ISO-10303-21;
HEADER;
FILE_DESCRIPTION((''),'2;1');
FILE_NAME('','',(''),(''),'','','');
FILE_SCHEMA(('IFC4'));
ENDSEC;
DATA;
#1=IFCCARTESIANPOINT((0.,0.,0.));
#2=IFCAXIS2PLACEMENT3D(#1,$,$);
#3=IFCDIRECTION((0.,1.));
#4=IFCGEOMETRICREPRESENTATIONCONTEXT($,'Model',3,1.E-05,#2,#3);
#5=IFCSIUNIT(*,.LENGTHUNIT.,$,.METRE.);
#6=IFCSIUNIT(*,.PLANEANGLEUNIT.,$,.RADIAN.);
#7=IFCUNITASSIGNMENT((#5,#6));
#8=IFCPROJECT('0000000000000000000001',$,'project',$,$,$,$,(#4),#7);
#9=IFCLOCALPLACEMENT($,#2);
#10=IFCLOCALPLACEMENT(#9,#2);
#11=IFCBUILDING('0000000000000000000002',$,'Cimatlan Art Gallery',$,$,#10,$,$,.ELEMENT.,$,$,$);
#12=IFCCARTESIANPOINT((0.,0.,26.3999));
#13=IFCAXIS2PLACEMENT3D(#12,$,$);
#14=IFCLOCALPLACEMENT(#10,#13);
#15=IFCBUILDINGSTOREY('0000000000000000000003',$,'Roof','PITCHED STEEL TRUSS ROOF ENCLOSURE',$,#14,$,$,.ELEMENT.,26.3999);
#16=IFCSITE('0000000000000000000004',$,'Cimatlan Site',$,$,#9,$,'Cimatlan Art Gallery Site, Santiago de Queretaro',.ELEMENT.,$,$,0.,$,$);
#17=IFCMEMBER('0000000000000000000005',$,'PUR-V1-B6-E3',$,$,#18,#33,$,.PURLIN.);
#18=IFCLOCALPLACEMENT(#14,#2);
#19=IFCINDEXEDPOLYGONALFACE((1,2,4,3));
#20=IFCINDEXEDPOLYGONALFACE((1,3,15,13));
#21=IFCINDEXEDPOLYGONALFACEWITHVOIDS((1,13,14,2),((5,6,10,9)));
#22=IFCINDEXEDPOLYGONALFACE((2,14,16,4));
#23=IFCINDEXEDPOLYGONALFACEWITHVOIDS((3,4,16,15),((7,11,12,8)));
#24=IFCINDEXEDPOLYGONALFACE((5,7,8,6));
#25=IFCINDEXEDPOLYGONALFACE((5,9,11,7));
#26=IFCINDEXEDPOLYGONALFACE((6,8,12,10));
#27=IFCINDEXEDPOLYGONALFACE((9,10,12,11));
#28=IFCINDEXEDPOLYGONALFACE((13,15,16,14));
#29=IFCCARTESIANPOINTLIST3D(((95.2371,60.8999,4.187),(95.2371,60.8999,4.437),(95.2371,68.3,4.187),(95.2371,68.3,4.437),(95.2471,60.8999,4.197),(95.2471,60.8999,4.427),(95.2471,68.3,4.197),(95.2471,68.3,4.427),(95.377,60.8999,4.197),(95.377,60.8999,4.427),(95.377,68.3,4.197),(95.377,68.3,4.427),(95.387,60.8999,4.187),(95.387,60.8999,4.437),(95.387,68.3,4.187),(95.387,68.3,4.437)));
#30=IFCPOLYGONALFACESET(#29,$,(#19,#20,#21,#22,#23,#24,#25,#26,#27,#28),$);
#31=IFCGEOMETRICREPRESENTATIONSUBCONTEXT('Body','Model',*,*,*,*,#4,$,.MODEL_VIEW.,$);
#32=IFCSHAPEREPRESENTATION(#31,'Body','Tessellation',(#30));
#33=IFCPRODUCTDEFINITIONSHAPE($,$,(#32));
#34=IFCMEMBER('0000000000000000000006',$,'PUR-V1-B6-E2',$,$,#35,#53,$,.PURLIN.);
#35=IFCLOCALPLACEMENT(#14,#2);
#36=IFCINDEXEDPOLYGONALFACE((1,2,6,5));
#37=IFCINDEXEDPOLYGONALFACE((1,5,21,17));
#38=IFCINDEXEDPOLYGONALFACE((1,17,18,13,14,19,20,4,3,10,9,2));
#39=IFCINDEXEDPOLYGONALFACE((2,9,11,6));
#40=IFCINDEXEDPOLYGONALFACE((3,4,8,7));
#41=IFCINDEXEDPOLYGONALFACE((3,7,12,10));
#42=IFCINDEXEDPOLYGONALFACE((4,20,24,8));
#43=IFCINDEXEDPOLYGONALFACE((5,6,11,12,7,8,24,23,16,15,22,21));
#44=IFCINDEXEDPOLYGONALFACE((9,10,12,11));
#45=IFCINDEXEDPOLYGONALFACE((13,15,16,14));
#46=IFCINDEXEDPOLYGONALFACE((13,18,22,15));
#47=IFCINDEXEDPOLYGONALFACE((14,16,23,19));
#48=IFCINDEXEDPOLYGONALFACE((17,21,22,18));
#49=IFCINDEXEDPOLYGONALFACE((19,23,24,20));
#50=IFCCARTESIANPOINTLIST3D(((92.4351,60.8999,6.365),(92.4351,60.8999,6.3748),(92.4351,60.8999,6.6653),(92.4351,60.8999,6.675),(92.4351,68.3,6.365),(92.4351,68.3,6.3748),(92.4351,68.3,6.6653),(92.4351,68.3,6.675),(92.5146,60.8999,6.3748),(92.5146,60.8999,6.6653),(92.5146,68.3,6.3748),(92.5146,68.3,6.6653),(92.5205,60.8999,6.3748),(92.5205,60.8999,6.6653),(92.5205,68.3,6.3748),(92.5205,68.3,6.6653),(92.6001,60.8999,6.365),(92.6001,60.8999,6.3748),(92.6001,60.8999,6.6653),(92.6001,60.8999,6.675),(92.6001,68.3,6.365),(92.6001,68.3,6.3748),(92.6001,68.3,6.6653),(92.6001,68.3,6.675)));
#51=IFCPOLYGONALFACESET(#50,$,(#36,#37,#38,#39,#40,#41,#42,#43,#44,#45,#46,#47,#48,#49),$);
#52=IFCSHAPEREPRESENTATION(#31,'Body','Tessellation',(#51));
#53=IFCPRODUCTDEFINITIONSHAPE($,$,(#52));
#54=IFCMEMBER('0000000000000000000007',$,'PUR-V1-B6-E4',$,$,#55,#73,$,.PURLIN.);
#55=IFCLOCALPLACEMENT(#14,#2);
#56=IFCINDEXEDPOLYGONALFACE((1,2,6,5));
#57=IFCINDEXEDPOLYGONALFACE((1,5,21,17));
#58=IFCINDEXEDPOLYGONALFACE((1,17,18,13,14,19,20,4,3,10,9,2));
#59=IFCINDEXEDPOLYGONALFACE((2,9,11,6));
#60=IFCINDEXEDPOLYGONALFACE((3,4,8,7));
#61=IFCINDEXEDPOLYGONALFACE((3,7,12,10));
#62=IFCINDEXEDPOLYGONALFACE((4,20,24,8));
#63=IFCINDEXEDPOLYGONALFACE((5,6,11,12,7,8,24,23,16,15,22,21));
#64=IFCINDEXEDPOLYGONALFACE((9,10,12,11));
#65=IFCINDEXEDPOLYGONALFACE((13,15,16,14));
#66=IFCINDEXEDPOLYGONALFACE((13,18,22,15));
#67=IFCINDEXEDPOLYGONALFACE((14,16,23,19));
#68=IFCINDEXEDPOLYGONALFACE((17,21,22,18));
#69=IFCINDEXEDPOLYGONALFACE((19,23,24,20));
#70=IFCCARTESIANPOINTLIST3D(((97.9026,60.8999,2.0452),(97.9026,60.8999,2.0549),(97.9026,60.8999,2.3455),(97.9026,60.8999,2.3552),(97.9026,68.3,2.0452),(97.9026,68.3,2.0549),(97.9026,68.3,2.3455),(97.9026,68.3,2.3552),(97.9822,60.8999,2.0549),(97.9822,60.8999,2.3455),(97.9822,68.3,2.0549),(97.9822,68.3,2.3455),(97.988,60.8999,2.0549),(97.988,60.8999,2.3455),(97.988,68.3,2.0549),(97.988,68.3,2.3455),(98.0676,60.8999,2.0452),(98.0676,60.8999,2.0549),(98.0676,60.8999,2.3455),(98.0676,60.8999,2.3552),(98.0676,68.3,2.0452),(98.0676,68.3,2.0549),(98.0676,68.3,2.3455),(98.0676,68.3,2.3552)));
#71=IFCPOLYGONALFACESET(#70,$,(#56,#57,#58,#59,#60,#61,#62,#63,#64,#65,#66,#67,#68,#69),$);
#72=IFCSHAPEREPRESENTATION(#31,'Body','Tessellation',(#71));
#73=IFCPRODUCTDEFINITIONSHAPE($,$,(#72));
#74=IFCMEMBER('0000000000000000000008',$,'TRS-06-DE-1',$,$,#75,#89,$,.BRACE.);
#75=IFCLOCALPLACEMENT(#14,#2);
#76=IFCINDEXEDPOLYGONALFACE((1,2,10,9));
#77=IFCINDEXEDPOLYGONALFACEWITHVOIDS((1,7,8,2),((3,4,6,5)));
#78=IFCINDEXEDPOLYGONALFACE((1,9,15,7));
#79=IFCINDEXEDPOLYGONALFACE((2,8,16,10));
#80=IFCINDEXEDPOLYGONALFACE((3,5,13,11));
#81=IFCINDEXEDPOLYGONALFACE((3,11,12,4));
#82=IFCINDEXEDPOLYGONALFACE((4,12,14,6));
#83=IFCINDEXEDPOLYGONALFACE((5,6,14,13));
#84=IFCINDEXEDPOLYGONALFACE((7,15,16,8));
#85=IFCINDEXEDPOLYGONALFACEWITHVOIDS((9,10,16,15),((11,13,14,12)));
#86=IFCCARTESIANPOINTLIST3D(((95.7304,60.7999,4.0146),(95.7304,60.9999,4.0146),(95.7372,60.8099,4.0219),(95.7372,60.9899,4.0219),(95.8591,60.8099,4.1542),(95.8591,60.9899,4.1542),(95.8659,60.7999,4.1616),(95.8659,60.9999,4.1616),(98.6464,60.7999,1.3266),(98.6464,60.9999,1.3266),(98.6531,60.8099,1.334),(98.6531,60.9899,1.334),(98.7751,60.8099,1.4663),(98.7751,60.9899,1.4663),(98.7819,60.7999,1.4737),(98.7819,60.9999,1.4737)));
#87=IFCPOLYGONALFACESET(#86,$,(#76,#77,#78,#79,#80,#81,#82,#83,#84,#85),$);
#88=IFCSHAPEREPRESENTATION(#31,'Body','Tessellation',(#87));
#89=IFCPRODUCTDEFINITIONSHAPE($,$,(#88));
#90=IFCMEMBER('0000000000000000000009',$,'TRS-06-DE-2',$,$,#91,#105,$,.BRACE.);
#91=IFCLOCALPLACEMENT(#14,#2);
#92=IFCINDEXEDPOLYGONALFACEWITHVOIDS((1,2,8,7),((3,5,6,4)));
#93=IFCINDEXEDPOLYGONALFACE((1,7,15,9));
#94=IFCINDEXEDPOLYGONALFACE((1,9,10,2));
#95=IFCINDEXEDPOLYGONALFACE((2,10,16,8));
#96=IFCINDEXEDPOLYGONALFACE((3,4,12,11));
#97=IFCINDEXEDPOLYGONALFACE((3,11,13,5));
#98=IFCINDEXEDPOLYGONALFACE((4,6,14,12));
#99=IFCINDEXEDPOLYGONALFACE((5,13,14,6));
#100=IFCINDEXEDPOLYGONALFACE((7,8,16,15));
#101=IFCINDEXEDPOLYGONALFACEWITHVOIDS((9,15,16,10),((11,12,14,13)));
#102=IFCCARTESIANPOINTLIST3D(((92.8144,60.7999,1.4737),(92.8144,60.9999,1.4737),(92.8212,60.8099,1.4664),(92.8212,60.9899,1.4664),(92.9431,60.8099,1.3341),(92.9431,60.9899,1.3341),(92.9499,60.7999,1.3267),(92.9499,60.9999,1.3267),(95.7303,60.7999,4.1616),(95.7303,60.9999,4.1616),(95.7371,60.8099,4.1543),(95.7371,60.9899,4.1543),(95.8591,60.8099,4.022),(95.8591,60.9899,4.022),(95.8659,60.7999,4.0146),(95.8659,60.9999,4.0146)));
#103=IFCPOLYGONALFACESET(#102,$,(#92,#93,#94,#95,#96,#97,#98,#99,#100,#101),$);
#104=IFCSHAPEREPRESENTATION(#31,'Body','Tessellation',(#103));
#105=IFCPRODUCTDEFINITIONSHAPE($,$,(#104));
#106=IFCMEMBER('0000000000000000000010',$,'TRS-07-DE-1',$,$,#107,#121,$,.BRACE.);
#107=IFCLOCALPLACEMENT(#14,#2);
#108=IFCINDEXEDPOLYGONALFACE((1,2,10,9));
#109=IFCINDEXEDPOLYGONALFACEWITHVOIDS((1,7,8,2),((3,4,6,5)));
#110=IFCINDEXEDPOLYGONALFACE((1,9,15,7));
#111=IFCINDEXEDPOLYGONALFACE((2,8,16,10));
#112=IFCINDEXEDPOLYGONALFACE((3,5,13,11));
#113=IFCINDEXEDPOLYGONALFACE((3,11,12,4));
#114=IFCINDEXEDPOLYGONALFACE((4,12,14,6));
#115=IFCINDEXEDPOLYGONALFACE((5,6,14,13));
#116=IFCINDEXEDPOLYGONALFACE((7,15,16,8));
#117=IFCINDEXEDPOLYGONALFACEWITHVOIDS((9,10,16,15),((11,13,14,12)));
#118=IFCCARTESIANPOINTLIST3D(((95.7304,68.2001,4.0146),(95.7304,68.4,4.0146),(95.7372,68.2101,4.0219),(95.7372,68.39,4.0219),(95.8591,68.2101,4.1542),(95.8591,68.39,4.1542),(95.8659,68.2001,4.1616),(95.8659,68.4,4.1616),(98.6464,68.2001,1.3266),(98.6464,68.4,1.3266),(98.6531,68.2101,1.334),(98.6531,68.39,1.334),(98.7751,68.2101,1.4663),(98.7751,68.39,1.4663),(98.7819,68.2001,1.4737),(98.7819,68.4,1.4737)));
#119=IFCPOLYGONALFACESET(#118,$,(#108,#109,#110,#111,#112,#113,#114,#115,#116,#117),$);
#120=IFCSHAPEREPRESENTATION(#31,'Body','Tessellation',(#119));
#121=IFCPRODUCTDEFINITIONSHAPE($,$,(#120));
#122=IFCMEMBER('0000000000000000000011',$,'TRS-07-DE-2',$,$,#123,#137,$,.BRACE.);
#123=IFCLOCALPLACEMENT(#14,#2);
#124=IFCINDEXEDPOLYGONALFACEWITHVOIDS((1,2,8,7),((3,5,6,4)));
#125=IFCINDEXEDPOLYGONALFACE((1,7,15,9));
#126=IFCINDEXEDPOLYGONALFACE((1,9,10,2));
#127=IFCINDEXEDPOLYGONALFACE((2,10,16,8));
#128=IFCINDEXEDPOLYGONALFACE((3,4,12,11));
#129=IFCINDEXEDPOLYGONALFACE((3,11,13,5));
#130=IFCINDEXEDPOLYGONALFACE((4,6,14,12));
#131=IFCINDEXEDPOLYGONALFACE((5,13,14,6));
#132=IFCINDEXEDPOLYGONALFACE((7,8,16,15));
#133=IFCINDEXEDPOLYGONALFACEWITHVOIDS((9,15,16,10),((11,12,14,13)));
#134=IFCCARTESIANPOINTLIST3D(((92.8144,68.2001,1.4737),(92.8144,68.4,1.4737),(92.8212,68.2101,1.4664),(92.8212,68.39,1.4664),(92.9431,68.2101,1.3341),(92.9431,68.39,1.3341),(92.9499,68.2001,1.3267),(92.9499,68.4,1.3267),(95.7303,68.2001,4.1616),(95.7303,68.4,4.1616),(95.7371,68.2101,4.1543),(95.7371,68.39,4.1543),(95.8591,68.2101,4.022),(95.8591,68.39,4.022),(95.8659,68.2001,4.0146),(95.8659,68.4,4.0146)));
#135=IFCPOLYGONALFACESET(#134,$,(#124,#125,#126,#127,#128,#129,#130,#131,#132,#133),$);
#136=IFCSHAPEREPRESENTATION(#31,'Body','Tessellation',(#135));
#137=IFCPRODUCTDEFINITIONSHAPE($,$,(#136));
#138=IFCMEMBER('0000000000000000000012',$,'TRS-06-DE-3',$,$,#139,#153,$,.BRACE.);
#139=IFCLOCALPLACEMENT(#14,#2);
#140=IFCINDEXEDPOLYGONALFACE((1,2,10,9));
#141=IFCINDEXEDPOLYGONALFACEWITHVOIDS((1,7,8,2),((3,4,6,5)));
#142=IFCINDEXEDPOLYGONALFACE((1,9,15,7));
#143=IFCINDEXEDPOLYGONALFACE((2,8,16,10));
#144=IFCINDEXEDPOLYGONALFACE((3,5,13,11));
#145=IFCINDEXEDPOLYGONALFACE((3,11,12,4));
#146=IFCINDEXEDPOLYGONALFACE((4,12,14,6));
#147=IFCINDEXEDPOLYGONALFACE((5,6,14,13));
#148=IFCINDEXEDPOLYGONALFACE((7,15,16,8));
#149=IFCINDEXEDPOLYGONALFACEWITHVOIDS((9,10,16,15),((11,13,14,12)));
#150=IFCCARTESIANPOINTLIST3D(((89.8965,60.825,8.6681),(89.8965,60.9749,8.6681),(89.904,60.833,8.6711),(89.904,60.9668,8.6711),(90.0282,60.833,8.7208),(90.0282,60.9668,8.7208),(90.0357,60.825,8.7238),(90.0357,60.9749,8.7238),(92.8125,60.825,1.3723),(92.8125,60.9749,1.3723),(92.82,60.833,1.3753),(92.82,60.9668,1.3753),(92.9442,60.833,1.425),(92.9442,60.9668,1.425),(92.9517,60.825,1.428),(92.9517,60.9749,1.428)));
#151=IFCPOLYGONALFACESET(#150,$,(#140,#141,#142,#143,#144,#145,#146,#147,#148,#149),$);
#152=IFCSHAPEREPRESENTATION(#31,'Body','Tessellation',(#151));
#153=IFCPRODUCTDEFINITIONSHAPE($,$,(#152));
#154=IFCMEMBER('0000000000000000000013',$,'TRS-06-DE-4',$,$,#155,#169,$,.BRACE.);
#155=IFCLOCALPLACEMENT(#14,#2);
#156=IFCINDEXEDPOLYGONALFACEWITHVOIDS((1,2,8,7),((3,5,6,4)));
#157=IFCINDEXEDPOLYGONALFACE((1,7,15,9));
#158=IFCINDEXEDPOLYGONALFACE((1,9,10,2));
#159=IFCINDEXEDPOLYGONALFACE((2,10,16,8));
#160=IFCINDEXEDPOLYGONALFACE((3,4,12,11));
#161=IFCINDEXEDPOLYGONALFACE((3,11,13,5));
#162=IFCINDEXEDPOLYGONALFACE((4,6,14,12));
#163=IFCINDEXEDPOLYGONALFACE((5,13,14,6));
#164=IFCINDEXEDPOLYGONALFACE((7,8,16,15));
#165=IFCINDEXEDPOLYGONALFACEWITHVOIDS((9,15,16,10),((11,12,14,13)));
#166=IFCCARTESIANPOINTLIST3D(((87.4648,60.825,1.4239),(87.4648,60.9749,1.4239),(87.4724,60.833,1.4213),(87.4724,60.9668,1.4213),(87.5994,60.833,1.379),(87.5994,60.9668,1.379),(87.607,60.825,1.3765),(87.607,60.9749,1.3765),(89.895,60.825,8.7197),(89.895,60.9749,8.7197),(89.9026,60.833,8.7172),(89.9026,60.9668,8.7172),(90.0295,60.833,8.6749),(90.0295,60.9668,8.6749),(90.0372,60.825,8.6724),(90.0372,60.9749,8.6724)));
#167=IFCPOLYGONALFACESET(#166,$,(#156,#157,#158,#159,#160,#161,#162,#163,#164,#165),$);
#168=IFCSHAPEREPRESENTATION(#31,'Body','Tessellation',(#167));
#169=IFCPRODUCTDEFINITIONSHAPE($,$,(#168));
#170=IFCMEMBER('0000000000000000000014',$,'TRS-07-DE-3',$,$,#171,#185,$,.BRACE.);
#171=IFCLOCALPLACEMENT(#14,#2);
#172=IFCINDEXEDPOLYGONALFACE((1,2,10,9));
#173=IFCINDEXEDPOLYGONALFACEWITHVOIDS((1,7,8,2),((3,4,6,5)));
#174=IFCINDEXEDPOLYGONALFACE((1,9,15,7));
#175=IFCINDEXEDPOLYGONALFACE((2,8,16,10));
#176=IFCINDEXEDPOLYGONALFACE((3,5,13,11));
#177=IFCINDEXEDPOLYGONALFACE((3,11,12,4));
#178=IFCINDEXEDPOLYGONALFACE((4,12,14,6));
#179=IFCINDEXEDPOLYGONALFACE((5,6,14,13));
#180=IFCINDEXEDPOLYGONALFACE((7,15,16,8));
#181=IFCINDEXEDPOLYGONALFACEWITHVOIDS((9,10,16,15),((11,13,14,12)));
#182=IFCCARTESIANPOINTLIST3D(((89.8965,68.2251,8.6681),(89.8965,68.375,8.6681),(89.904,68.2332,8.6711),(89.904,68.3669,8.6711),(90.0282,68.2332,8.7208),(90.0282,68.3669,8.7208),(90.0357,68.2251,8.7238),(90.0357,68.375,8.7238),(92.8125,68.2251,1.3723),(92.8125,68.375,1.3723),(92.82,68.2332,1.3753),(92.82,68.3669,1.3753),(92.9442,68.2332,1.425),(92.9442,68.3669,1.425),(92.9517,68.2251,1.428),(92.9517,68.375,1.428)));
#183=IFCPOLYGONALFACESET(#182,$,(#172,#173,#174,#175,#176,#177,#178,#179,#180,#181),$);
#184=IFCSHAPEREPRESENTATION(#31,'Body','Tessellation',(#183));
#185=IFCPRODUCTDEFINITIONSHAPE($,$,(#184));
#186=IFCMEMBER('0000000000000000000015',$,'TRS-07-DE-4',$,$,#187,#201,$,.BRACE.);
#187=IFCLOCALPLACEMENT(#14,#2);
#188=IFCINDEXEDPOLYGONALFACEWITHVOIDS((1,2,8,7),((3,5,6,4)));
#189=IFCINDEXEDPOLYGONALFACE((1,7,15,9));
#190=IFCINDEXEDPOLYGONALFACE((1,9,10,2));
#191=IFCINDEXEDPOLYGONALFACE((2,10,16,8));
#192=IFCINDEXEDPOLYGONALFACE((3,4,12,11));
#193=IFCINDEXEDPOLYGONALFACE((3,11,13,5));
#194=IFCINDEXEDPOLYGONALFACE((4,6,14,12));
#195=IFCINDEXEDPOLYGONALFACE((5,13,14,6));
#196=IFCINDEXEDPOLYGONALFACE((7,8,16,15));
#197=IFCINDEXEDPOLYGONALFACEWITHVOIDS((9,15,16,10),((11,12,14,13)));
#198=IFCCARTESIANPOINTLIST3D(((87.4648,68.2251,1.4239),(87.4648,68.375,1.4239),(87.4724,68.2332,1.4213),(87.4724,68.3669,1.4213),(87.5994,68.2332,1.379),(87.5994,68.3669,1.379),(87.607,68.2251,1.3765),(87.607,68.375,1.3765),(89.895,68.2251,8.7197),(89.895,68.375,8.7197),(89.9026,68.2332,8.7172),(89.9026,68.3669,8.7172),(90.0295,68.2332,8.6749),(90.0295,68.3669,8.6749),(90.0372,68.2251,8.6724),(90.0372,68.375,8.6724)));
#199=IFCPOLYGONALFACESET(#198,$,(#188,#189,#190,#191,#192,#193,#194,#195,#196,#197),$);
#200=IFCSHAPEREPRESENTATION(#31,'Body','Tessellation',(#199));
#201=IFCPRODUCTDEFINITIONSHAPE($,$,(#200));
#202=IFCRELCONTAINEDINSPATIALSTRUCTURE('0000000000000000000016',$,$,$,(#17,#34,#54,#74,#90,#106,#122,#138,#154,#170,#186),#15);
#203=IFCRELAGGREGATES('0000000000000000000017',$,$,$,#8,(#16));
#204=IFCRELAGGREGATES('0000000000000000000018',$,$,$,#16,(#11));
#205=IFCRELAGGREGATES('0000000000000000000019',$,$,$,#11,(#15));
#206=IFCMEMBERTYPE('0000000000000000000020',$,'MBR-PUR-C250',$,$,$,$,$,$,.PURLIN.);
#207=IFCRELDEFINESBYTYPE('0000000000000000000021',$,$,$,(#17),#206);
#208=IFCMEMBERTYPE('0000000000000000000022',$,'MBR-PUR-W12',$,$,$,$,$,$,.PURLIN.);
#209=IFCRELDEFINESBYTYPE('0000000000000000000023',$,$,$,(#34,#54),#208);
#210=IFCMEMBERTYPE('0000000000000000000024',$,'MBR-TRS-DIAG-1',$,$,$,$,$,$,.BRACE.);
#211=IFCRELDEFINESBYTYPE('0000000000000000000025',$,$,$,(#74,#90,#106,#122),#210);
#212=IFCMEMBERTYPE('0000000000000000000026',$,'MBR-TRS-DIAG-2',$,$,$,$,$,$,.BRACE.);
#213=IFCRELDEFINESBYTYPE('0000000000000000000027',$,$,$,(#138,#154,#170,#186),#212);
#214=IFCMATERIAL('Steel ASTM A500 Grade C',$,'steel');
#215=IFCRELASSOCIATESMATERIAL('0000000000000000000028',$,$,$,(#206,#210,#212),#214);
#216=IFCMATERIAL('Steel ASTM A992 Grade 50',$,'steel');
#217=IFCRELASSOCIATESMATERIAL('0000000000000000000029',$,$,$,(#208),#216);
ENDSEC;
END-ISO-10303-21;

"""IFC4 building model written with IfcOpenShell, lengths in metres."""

from ifc_helpers import new_model, si_unit, direction, frame, origin, origin_2d, place, context, subcontext, project, spatial, hollow_rectangle, i_section, extrude, material, material_profile, profile_set, type_object, element, save


model = new_model("IFC4")

# Units and contexts
model_context = context("Model", 3, precision=1e-05, world=origin(), true_north=direction((0.0, 1.0)))
body_context = subcontext(model_context, "Body", "Model", "MODEL_VIEW")
ifc_project = project(units=[si_unit("LENGTHUNIT", "METRE"), si_unit("PLANEANGLEUNIT", "RADIAN")], contexts=[model_context])

# Site, building, storey
site_placement = place(None, origin())
site = spatial("IfcSite", under=ifc_project, at=site_placement, Name="Cimatlan Site", LongName="Cimatlan Art Gallery Site, Santiago de Queretaro", CompositionType="ELEMENT", RefElevation=0.0)
building_placement = place(site_placement, origin())
building = spatial("IfcBuilding", under=site, at=building_placement, Name="Cimatlan Art Gallery", CompositionType="ELEMENT")
storey_placement = place(building_placement, frame((0.0, 0.0, 26.3999)))
storey = spatial("IfcBuildingStorey", under=building, at=storey_placement, Name="Roof", Description="PITCHED STEEL TRUSS ROOF ENCLOSURE", CompositionType="ELEMENT", Elevation=26.3999)

# Shared definitions
ifc_material_1 = material(Name="Steel ASTM A992 Grade 50", Category="steel")

# Members
ifc_material_2 = material(Name="Steel ASTM A500 Grade C", Category="steel")
ifc_material_profile_1 = material_profile(ifc_material_2, hollow_rectangle(XDim=0.1499, YDim=0.25, WallThickness=0.01, at=origin_2d()), Name="HSS250X150X10")
ifc_profile_set_1 = profile_set([ifc_material_profile_1], Name="Steel ASTM A500 Grade C")
member_type_1 = type_object("IfcMemberType", Name="MBR-PUR-C250", PredefinedType="PURLIN", material=ifc_profile_set_1)
member_1_placement = place(storey_placement, frame((95.312, 60.8999, 4.312), z_axis=(0.0, 1.0, 0.0), x_axis=(-1.0, 0.0, 0.0)))
element("IfcMember", 1, at=member_1_placement, inside=storey, type_object=member_type_1, Name="PUR-V1-B6-E3", PredefinedType="PURLIN", context=body_context, shape_type="SweptSolid", body=[
    extrude(hollow_rectangle(XDim=0.1499, YDim=0.25, WallThickness=0.01, at=origin_2d()), origin(), (0.0, 0.0, 1.0), 7.4001),
])
ifc_material_profile_2 = material_profile(ifc_material_1, i_section(OverallWidth=0.165, OverallDepth=0.3101, WebThickness=0.0059, FlangeThickness=0.0098, at=origin_2d()), Name="W12X26")
ifc_profile_set_2 = profile_set([ifc_material_profile_2], Name="Steel ASTM A992 Grade 50")
member_type_2 = type_object("IfcMemberType", Name="MBR-PUR-W12", PredefinedType="PURLIN", material=ifc_profile_set_2)
for number, where, z_axis, x_axis, name in (
    (2, (92.5176, 60.8999, 6.52), (0.0, 1.0, 0.0), (-1.0, 0.0, 0.0), "PUR-V1-B6-E2"),
    (3, (97.9851, 60.8999, 2.2002), (0.0, 1.0, 0.0), (-1.0, 0.0, 0.0), "PUR-V1-B6-E4"),
):
    element("IfcMember", number, at=place(storey_placement, frame(where, z_axis=z_axis, x_axis=x_axis)), inside=storey, type_object=member_type_2, Name=name, PredefinedType="PURLIN", context=body_context, shape_type="SweptSolid", body=[
        extrude(i_section(OverallWidth=0.165, OverallDepth=0.3101, WebThickness=0.0059, FlangeThickness=0.0098, at=origin_2d()), origin(), (0.0, 0.0, 1.0), 7.4001),
    ])
ifc_material_profile_3 = material_profile(ifc_material_2, hollow_rectangle(XDim=0.2, YDim=0.2, WallThickness=0.01, at=origin_2d()), Name="HSS200X200X10")
ifc_profile_set_3 = profile_set([ifc_material_profile_3], Name="Steel ASTM A500 Grade C")
member_type_3 = type_object("IfcMemberType", Name="MBR-TRS-DIAG-1", PredefinedType="BRACE", material=ifc_profile_set_3)
for number, where, z_axis, x_axis, name in (
    (4, (98.7141, 60.8999, 1.4001), (-0.735271, 0.0, 0.677774), (0.0, -1.0, 0.0), "TRS-06-DE-1"),
    (5, (95.7981, 60.8999, 4.0881), (-0.735271, 0.0, -0.677774), (0.0, -1.0, 0.0), "TRS-06-DE-2"),
    (6, (98.7141, 68.3, 1.4001), (-0.735271, 0.0, 0.677774), (0.0, -1.0, 0.0), "TRS-07-DE-1"),
    (7, (95.7981, 68.3, 4.0881), (-0.735271, 0.0, -0.677774), (0.0, -1.0, 0.0), "TRS-07-DE-2"),
):
    element("IfcMember", number, at=place(storey_placement, frame(where, z_axis=z_axis, x_axis=x_axis)), inside=storey, type_object=member_type_3, Name=name, PredefinedType="BRACE", context=body_context, shape_type="SweptSolid", body=[
        extrude(hollow_rectangle(XDim=0.2, YDim=0.2, WallThickness=0.01, at=origin_2d()), origin(), (0.0, 0.0, 1.0), 3.9658),
    ])
ifc_material_profile_4 = material_profile(ifc_material_2, hollow_rectangle(XDim=0.1499, YDim=0.1499, WallThickness=0.0081, at=origin_2d()), Name="HSS150X150X8")
ifc_profile_set_4 = profile_set([ifc_material_profile_4], Name="Steel ASTM A500 Grade C")
member_type_4 = type_object("IfcMemberType", Name="MBR-TRS-DIAG-2", PredefinedType="BRACE", material=ifc_profile_set_4)
member_2_placement = place(storey_placement, frame((92.8821, 60.8999, 1.4001), z_axis=(-0.371134, 0.0, 0.92858), x_axis=(0.0, -1.0, 0.0)))
element("IfcMember", 8, at=member_2_placement, inside=storey, type_object=member_type_4, Name="TRS-06-DE-3", PredefinedType="BRACE", context=body_context, shape_type="SweptSolid", body=[
    extrude(hollow_rectangle(XDim=0.1499, YDim=0.1499, WallThickness=0.0081, at=origin_2d()), origin(), (0.0, 0.0, 1.0), 7.8569),
])
member_3_placement = place(storey_placement, frame((89.9661, 60.8999, 8.696), z_axis=(-0.316018, 0.0, -0.948753), x_axis=(0.0, -1.0, 0.0)))
element("IfcMember", 9, at=member_3_placement, inside=storey, type_object=member_type_4, Name="TRS-06-DE-4", PredefinedType="BRACE", context=body_context, shape_type="SweptSolid", body=[
    extrude(hollow_rectangle(XDim=0.1499, YDim=0.1499, WallThickness=0.0081, at=origin_2d()), origin(), (0.0, 0.0, 1.0), 7.6899),
])
member_4_placement = place(storey_placement, frame((92.8821, 68.3, 1.4001), z_axis=(-0.371134, 0.0, 0.92858), x_axis=(0.0, -1.0, 0.0)))
element("IfcMember", 10, at=member_4_placement, inside=storey, type_object=member_type_4, Name="TRS-07-DE-3", PredefinedType="BRACE", context=body_context, shape_type="SweptSolid", body=[
    extrude(hollow_rectangle(XDim=0.1499, YDim=0.1499, WallThickness=0.0081, at=origin_2d()), origin(), (0.0, 0.0, 1.0), 7.8569),
])
member_5_placement = place(storey_placement, frame((89.9661, 68.3, 8.696), z_axis=(-0.316018, 0.0, -0.948753), x_axis=(0.0, -1.0, 0.0)))
element("IfcMember", 11, at=member_5_placement, inside=storey, type_object=member_type_4, Name="TRS-07-DE-4", PredefinedType="BRACE", context=body_context, shape_type="SweptSolid", body=[
    extrude(hollow_rectangle(XDim=0.1499, YDim=0.1499, WallThickness=0.0081, at=origin_2d()), origin(), (0.0, 0.0, 1.0), 7.6899),
])

save(model, "model.ifc")
